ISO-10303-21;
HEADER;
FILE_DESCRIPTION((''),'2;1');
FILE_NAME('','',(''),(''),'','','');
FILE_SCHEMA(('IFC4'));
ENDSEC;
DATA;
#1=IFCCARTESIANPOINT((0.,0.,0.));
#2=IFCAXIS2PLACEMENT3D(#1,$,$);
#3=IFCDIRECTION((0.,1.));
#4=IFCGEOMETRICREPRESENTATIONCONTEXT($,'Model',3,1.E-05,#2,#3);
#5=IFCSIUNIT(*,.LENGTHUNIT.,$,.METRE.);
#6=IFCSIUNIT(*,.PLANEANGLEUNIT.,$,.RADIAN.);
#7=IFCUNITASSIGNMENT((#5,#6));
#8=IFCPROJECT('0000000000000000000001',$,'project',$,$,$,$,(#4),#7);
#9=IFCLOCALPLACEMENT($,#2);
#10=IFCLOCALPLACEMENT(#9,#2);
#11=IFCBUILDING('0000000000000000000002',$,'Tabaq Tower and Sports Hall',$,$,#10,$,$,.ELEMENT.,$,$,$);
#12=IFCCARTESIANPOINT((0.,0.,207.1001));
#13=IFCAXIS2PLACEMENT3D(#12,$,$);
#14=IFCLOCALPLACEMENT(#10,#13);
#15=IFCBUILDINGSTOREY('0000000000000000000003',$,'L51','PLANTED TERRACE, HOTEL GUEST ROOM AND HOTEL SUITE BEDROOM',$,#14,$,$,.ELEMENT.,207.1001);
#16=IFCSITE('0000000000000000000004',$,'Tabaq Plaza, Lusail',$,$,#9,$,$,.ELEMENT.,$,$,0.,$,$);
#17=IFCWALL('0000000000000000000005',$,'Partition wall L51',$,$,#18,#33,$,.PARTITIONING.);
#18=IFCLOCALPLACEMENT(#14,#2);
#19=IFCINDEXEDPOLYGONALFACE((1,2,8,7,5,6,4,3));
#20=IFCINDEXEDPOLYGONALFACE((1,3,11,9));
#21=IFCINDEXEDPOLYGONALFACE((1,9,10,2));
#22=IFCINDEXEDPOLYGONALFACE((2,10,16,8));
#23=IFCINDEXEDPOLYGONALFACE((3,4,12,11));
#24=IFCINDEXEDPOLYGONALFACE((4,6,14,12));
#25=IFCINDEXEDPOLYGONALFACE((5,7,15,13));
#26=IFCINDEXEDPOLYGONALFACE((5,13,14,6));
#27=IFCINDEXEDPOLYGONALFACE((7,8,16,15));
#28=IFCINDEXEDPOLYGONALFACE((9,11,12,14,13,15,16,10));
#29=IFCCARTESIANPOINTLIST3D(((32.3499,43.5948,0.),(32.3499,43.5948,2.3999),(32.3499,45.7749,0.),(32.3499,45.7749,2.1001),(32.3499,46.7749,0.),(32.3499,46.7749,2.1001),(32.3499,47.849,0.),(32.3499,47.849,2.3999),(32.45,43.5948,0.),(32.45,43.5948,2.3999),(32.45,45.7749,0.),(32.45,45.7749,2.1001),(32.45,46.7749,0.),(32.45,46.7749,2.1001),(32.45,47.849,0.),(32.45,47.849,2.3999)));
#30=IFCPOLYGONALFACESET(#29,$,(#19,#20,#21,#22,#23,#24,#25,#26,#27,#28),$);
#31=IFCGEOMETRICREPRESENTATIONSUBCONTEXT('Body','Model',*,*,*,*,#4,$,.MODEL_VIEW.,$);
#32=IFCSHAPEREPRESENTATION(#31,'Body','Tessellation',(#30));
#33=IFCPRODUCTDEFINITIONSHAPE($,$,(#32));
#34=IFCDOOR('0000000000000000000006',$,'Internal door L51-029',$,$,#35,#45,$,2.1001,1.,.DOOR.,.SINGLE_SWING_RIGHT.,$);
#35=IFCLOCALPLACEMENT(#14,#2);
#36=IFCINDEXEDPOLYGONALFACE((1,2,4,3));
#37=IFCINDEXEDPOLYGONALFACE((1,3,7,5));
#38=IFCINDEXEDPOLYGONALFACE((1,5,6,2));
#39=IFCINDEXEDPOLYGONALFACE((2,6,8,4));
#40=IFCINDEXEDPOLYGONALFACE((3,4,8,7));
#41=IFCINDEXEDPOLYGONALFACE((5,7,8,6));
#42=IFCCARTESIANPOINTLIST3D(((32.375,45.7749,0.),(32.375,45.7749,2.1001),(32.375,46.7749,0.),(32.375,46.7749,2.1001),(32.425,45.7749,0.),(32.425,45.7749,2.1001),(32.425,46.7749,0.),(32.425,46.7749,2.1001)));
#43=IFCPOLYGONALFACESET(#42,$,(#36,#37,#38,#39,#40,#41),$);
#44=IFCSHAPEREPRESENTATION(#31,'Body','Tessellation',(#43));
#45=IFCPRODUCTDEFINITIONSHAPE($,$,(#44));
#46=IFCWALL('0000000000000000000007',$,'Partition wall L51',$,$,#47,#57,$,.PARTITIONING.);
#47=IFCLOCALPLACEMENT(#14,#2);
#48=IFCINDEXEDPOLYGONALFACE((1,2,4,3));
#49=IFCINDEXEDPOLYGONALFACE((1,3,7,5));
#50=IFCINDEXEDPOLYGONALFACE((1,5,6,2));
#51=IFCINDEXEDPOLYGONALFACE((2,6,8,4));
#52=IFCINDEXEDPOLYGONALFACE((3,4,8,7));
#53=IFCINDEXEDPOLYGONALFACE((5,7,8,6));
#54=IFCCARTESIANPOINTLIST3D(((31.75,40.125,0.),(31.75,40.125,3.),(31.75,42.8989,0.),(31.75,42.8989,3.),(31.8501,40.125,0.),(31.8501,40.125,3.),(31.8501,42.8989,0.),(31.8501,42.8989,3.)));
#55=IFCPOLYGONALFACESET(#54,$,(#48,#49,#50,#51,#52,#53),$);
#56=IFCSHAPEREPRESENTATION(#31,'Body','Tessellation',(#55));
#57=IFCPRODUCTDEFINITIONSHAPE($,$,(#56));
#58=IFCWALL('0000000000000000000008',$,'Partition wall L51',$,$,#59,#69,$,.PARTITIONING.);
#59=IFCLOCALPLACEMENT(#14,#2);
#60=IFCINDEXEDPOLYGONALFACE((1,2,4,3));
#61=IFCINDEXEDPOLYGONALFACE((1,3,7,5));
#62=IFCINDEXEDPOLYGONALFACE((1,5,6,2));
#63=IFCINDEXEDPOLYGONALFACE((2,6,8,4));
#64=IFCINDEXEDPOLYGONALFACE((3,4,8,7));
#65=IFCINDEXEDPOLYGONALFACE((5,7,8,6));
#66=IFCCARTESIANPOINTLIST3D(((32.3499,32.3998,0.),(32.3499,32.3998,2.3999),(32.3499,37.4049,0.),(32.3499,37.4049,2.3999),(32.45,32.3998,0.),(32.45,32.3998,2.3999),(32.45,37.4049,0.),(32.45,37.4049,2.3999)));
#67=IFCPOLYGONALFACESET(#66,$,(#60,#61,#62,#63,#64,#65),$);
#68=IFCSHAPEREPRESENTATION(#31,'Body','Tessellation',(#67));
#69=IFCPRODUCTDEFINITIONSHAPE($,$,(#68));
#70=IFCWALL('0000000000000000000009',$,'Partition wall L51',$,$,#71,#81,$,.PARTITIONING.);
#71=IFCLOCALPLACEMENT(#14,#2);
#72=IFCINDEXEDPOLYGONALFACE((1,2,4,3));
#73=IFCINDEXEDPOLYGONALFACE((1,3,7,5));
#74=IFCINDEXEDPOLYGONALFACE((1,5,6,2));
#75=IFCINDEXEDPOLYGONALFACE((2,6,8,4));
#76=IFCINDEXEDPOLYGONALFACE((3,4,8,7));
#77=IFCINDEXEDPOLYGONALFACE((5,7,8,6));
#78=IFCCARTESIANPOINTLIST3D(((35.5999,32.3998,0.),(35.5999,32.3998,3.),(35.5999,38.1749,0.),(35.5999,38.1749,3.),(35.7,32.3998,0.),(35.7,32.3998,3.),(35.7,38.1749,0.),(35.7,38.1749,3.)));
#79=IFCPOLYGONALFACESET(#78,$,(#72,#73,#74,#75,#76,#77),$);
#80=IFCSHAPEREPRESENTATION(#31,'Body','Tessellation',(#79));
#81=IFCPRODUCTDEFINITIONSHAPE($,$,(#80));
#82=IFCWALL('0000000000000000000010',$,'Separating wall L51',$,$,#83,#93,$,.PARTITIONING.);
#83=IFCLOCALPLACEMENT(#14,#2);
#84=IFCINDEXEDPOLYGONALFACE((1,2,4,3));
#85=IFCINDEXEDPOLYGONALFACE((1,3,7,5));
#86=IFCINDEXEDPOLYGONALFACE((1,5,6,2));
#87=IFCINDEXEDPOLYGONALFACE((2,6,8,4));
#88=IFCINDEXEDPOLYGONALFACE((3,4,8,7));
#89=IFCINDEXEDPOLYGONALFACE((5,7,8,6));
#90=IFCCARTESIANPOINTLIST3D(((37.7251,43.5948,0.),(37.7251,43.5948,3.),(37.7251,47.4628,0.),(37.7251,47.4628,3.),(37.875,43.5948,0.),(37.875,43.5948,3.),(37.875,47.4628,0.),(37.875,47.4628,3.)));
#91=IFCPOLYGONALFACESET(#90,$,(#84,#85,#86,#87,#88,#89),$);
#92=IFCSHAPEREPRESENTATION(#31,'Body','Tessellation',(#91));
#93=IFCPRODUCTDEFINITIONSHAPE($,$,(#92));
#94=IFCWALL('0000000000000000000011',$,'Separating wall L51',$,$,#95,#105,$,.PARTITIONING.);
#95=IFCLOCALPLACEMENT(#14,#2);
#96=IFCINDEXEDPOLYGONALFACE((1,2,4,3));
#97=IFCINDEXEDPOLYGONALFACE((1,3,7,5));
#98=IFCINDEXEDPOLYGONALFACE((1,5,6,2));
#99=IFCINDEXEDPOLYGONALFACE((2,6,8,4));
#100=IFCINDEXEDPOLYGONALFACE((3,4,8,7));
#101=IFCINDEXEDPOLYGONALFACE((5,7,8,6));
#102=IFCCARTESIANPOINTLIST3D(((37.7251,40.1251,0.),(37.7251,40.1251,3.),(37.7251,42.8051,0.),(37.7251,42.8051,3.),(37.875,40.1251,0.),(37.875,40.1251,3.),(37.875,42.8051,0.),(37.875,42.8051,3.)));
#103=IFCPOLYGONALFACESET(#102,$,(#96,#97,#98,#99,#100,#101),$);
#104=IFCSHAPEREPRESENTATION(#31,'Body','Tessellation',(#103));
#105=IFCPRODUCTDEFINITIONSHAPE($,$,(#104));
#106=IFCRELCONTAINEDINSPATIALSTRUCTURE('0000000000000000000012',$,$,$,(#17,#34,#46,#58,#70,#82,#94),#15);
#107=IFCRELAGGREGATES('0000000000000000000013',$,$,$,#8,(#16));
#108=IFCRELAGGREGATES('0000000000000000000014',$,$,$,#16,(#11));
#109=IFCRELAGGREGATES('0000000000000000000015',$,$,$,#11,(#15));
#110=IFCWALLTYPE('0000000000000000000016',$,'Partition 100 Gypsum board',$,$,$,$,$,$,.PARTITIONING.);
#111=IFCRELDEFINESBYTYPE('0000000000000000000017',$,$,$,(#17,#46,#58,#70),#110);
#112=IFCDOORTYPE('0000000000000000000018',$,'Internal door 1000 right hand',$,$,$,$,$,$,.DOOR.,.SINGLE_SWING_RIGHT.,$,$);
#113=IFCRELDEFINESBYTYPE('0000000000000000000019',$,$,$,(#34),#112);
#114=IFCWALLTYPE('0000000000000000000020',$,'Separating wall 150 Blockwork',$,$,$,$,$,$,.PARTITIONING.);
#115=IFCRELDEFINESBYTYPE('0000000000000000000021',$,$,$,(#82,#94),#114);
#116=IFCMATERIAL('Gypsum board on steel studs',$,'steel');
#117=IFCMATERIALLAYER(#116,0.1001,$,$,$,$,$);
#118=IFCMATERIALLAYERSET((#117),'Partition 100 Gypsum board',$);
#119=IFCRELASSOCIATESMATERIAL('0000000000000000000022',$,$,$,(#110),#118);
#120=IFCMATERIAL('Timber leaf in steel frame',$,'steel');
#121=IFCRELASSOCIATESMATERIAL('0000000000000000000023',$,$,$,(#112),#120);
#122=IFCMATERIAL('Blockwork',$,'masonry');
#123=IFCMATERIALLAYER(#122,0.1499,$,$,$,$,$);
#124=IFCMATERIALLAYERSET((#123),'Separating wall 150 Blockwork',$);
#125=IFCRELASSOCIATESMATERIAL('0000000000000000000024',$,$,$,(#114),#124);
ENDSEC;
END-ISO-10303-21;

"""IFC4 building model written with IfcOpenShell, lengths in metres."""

from ifc_helpers import new_model, si_unit, direction, frame, frame_2d, origin, place, context, subcontext, project, spatial, rectangle, extrude, material, layer, layer_set, type_object, element, fill, save


model = new_model("IFC4")

# Units and contexts
model_context = context("Model", 3, precision=1e-05, world=origin(), true_north=direction((0.0, 1.0)))
body_context = subcontext(model_context, "Body", "Model", "MODEL_VIEW")
ifc_project = project(units=[si_unit("LENGTHUNIT", "METRE"), si_unit("PLANEANGLEUNIT", "RADIAN")], contexts=[model_context])

# Site, building, storey
site_placement = place(None, origin())
site = spatial("IfcSite", under=ifc_project, at=site_placement, Name="Tabaq Plaza, Lusail", CompositionType="ELEMENT", RefElevation=0.0)
building_placement = place(site_placement, origin())
building = spatial("IfcBuilding", under=site, at=building_placement, Name="Tabaq Tower and Sports Hall", CompositionType="ELEMENT")
storey_placement = place(building_placement, frame((0.0, 0.0, 207.1001)))
storey = spatial("IfcBuildingStorey", under=building, at=storey_placement, Name="L51", Description="PLANTED TERRACE, HOTEL GUEST ROOM AND HOTEL SUITE BEDROOM", CompositionType="ELEMENT", Elevation=207.1001)

# Shared definitions
ifc_material_1 = material(Name="Gypsum board on steel studs", Category="steel")
ifc_layer_1 = layer(ifc_material_1, 0.1001)
ifc_layer_set_1 = layer_set([ifc_layer_1], Name="Partition 100 Gypsum board")
wall_type_1 = type_object("IfcWallType", Name="Partition 100 Gypsum board", PredefinedType="PARTITIONING", material=ifc_layer_set_1)

# Wall, opening, door
wall_1_placement = place(storey_placement, frame((32.3999, 43.595, 0.0), z_axis=(0.0, 0.0, 1.0), x_axis=(0.0, 1.0, 0.0)))
wall_1 = element("IfcWall", 1, at=wall_1_placement, inside=storey, type_object=wall_type_1, Name="Partition wall L51", PredefinedType="PARTITIONING", context=body_context, shape_type="SweptSolid", body=[
    extrude(rectangle(XDim=4.2542, YDim=0.1001, at=frame_2d((2.127, 0.0))), origin(), (0.0, 0.0, 1.0), 2.3999),
])
opening_1_placement = place(wall_1_placement, frame((2.1799, 0.0, 0.0)))
opening_1 = element("IfcOpeningElement", 2, at=opening_1_placement, cuts=wall_1, PredefinedType="OPENING", context=body_context, shape_type="SweptSolid", body=[
    extrude(rectangle(XDim=1.0, YDim=2.1001, at=frame_2d((0.5, 1.05))), frame((0.0, 0.05, 0.0), z_axis=(0.0, -1.0, 0.0), x_axis=(1.0, 0.0, 0.0)), (0.0, 0.0, 1.0), 0.1001),
])
ifc_material_2 = material(Name="Timber leaf in steel frame", Category="steel")
door_type = type_object("IfcDoorType", Name="Internal door 1000 right hand", OperationType="SINGLE_SWING_RIGHT", PredefinedType="DOOR", material=ifc_material_2)
door_placement = place(opening_1_placement, origin())
door = element("IfcDoor", 3, at=door_placement, inside=storey, type_object=door_type, Name="Internal door L51-029", OperationType="SINGLE_SWING_RIGHT", OverallHeight=2.1001, OverallWidth=1.0, PredefinedType="DOOR", context=body_context, shape_type="SweptSolid", body=[
    extrude(rectangle(XDim=1.0, YDim=2.1001, at=frame_2d((0.5, 1.05))), frame((0.0, 0.0249, 0.0), z_axis=(0.0, -1.0, 0.0), x_axis=(1.0, 0.0, 0.0)), (0.0, 0.0, 1.0), 0.05),
])
fill(opening_1, door)

# Walls
wall_2_placement = place(storey_placement, frame((31.8, 42.8989, 0.0), z_axis=(0.0, 0.0, 1.0), x_axis=(0.0, -1.0, 0.0)))
element("IfcWall", 4, at=wall_2_placement, inside=storey, type_object=wall_type_1, Name="Partition wall L51", PredefinedType="PARTITIONING", context=body_context, shape_type="SweptSolid", body=[
    extrude(rectangle(XDim=2.7739, YDim=0.1001, at=frame_2d((1.387, 0.0))), origin(), (0.0, 0.0, 1.0), 3.0),
])
wall_3_placement = place(storey_placement, frame((32.3999, 32.3999, 0.0), z_axis=(0.0, 0.0, 1.0), x_axis=(0.0, 1.0, 0.0)))
element("IfcWall", 5, at=wall_3_placement, inside=storey, type_object=wall_type_1, Name="Partition wall L51", PredefinedType="PARTITIONING", context=body_context, shape_type="SweptSolid", body=[
    extrude(rectangle(XDim=5.0051, YDim=0.1001, at=frame_2d((2.5024, 0.0))), origin(), (0.0, 0.0, 1.0), 2.3999),
])
wall_4_placement = place(storey_placement, frame((35.6499, 38.175, 0.0), z_axis=(0.0, 0.0, 1.0), x_axis=(0.0, -1.0, 0.0)))
element("IfcWall", 6, at=wall_4_placement, inside=storey, type_object=wall_type_1, Name="Partition wall L51", PredefinedType="PARTITIONING", context=body_context, shape_type="SweptSolid", body=[
    extrude(rectangle(XDim=5.7751, YDim=0.1001, at=frame_2d((2.8877, 0.0))), origin(), (0.0, 0.0, 1.0), 3.0),
])
ifc_material_3 = material(Name="Blockwork", Category="masonry")
ifc_layer_2 = layer(ifc_material_3, 0.1499)
ifc_layer_set_2 = layer_set([ifc_layer_2], Name="Separating wall 150 Blockwork")
wall_type_2 = type_object("IfcWallType", Name="Separating wall 150 Blockwork", PredefinedType="PARTITIONING", material=ifc_layer_set_2)
wall_5_placement = place(storey_placement, frame((37.8, 47.4629, 0.0), z_axis=(0.0, 0.0, 1.0), x_axis=(0.0, -1.0, 0.0)))
element("IfcWall", 7, at=wall_5_placement, inside=storey, type_object=wall_type_2, Name="Separating wall L51", PredefinedType="PARTITIONING", context=body_context, shape_type="SweptSolid", body=[
    extrude(rectangle(XDim=3.8679, YDim=0.1499, at=frame_2d((1.9341, 0.0))), origin(), (0.0, 0.0, 1.0), 3.0),
])
wall_6_placement = place(storey_placement, frame((37.8, 42.8049, 0.0), z_axis=(0.0, 0.0, 1.0), x_axis=(0.0, -1.0, 0.0)))
element("IfcWall", 8, at=wall_6_placement, inside=storey, type_object=wall_type_2, Name="Separating wall L51", PredefinedType="PARTITIONING", context=body_context, shape_type="SweptSolid", body=[
    extrude(rectangle(XDim=2.6799, YDim=0.1499, at=frame_2d((1.3398, 0.0))), origin(), (0.0, 0.0, 1.0), 3.0),
])

save(model, "model.ifc")
